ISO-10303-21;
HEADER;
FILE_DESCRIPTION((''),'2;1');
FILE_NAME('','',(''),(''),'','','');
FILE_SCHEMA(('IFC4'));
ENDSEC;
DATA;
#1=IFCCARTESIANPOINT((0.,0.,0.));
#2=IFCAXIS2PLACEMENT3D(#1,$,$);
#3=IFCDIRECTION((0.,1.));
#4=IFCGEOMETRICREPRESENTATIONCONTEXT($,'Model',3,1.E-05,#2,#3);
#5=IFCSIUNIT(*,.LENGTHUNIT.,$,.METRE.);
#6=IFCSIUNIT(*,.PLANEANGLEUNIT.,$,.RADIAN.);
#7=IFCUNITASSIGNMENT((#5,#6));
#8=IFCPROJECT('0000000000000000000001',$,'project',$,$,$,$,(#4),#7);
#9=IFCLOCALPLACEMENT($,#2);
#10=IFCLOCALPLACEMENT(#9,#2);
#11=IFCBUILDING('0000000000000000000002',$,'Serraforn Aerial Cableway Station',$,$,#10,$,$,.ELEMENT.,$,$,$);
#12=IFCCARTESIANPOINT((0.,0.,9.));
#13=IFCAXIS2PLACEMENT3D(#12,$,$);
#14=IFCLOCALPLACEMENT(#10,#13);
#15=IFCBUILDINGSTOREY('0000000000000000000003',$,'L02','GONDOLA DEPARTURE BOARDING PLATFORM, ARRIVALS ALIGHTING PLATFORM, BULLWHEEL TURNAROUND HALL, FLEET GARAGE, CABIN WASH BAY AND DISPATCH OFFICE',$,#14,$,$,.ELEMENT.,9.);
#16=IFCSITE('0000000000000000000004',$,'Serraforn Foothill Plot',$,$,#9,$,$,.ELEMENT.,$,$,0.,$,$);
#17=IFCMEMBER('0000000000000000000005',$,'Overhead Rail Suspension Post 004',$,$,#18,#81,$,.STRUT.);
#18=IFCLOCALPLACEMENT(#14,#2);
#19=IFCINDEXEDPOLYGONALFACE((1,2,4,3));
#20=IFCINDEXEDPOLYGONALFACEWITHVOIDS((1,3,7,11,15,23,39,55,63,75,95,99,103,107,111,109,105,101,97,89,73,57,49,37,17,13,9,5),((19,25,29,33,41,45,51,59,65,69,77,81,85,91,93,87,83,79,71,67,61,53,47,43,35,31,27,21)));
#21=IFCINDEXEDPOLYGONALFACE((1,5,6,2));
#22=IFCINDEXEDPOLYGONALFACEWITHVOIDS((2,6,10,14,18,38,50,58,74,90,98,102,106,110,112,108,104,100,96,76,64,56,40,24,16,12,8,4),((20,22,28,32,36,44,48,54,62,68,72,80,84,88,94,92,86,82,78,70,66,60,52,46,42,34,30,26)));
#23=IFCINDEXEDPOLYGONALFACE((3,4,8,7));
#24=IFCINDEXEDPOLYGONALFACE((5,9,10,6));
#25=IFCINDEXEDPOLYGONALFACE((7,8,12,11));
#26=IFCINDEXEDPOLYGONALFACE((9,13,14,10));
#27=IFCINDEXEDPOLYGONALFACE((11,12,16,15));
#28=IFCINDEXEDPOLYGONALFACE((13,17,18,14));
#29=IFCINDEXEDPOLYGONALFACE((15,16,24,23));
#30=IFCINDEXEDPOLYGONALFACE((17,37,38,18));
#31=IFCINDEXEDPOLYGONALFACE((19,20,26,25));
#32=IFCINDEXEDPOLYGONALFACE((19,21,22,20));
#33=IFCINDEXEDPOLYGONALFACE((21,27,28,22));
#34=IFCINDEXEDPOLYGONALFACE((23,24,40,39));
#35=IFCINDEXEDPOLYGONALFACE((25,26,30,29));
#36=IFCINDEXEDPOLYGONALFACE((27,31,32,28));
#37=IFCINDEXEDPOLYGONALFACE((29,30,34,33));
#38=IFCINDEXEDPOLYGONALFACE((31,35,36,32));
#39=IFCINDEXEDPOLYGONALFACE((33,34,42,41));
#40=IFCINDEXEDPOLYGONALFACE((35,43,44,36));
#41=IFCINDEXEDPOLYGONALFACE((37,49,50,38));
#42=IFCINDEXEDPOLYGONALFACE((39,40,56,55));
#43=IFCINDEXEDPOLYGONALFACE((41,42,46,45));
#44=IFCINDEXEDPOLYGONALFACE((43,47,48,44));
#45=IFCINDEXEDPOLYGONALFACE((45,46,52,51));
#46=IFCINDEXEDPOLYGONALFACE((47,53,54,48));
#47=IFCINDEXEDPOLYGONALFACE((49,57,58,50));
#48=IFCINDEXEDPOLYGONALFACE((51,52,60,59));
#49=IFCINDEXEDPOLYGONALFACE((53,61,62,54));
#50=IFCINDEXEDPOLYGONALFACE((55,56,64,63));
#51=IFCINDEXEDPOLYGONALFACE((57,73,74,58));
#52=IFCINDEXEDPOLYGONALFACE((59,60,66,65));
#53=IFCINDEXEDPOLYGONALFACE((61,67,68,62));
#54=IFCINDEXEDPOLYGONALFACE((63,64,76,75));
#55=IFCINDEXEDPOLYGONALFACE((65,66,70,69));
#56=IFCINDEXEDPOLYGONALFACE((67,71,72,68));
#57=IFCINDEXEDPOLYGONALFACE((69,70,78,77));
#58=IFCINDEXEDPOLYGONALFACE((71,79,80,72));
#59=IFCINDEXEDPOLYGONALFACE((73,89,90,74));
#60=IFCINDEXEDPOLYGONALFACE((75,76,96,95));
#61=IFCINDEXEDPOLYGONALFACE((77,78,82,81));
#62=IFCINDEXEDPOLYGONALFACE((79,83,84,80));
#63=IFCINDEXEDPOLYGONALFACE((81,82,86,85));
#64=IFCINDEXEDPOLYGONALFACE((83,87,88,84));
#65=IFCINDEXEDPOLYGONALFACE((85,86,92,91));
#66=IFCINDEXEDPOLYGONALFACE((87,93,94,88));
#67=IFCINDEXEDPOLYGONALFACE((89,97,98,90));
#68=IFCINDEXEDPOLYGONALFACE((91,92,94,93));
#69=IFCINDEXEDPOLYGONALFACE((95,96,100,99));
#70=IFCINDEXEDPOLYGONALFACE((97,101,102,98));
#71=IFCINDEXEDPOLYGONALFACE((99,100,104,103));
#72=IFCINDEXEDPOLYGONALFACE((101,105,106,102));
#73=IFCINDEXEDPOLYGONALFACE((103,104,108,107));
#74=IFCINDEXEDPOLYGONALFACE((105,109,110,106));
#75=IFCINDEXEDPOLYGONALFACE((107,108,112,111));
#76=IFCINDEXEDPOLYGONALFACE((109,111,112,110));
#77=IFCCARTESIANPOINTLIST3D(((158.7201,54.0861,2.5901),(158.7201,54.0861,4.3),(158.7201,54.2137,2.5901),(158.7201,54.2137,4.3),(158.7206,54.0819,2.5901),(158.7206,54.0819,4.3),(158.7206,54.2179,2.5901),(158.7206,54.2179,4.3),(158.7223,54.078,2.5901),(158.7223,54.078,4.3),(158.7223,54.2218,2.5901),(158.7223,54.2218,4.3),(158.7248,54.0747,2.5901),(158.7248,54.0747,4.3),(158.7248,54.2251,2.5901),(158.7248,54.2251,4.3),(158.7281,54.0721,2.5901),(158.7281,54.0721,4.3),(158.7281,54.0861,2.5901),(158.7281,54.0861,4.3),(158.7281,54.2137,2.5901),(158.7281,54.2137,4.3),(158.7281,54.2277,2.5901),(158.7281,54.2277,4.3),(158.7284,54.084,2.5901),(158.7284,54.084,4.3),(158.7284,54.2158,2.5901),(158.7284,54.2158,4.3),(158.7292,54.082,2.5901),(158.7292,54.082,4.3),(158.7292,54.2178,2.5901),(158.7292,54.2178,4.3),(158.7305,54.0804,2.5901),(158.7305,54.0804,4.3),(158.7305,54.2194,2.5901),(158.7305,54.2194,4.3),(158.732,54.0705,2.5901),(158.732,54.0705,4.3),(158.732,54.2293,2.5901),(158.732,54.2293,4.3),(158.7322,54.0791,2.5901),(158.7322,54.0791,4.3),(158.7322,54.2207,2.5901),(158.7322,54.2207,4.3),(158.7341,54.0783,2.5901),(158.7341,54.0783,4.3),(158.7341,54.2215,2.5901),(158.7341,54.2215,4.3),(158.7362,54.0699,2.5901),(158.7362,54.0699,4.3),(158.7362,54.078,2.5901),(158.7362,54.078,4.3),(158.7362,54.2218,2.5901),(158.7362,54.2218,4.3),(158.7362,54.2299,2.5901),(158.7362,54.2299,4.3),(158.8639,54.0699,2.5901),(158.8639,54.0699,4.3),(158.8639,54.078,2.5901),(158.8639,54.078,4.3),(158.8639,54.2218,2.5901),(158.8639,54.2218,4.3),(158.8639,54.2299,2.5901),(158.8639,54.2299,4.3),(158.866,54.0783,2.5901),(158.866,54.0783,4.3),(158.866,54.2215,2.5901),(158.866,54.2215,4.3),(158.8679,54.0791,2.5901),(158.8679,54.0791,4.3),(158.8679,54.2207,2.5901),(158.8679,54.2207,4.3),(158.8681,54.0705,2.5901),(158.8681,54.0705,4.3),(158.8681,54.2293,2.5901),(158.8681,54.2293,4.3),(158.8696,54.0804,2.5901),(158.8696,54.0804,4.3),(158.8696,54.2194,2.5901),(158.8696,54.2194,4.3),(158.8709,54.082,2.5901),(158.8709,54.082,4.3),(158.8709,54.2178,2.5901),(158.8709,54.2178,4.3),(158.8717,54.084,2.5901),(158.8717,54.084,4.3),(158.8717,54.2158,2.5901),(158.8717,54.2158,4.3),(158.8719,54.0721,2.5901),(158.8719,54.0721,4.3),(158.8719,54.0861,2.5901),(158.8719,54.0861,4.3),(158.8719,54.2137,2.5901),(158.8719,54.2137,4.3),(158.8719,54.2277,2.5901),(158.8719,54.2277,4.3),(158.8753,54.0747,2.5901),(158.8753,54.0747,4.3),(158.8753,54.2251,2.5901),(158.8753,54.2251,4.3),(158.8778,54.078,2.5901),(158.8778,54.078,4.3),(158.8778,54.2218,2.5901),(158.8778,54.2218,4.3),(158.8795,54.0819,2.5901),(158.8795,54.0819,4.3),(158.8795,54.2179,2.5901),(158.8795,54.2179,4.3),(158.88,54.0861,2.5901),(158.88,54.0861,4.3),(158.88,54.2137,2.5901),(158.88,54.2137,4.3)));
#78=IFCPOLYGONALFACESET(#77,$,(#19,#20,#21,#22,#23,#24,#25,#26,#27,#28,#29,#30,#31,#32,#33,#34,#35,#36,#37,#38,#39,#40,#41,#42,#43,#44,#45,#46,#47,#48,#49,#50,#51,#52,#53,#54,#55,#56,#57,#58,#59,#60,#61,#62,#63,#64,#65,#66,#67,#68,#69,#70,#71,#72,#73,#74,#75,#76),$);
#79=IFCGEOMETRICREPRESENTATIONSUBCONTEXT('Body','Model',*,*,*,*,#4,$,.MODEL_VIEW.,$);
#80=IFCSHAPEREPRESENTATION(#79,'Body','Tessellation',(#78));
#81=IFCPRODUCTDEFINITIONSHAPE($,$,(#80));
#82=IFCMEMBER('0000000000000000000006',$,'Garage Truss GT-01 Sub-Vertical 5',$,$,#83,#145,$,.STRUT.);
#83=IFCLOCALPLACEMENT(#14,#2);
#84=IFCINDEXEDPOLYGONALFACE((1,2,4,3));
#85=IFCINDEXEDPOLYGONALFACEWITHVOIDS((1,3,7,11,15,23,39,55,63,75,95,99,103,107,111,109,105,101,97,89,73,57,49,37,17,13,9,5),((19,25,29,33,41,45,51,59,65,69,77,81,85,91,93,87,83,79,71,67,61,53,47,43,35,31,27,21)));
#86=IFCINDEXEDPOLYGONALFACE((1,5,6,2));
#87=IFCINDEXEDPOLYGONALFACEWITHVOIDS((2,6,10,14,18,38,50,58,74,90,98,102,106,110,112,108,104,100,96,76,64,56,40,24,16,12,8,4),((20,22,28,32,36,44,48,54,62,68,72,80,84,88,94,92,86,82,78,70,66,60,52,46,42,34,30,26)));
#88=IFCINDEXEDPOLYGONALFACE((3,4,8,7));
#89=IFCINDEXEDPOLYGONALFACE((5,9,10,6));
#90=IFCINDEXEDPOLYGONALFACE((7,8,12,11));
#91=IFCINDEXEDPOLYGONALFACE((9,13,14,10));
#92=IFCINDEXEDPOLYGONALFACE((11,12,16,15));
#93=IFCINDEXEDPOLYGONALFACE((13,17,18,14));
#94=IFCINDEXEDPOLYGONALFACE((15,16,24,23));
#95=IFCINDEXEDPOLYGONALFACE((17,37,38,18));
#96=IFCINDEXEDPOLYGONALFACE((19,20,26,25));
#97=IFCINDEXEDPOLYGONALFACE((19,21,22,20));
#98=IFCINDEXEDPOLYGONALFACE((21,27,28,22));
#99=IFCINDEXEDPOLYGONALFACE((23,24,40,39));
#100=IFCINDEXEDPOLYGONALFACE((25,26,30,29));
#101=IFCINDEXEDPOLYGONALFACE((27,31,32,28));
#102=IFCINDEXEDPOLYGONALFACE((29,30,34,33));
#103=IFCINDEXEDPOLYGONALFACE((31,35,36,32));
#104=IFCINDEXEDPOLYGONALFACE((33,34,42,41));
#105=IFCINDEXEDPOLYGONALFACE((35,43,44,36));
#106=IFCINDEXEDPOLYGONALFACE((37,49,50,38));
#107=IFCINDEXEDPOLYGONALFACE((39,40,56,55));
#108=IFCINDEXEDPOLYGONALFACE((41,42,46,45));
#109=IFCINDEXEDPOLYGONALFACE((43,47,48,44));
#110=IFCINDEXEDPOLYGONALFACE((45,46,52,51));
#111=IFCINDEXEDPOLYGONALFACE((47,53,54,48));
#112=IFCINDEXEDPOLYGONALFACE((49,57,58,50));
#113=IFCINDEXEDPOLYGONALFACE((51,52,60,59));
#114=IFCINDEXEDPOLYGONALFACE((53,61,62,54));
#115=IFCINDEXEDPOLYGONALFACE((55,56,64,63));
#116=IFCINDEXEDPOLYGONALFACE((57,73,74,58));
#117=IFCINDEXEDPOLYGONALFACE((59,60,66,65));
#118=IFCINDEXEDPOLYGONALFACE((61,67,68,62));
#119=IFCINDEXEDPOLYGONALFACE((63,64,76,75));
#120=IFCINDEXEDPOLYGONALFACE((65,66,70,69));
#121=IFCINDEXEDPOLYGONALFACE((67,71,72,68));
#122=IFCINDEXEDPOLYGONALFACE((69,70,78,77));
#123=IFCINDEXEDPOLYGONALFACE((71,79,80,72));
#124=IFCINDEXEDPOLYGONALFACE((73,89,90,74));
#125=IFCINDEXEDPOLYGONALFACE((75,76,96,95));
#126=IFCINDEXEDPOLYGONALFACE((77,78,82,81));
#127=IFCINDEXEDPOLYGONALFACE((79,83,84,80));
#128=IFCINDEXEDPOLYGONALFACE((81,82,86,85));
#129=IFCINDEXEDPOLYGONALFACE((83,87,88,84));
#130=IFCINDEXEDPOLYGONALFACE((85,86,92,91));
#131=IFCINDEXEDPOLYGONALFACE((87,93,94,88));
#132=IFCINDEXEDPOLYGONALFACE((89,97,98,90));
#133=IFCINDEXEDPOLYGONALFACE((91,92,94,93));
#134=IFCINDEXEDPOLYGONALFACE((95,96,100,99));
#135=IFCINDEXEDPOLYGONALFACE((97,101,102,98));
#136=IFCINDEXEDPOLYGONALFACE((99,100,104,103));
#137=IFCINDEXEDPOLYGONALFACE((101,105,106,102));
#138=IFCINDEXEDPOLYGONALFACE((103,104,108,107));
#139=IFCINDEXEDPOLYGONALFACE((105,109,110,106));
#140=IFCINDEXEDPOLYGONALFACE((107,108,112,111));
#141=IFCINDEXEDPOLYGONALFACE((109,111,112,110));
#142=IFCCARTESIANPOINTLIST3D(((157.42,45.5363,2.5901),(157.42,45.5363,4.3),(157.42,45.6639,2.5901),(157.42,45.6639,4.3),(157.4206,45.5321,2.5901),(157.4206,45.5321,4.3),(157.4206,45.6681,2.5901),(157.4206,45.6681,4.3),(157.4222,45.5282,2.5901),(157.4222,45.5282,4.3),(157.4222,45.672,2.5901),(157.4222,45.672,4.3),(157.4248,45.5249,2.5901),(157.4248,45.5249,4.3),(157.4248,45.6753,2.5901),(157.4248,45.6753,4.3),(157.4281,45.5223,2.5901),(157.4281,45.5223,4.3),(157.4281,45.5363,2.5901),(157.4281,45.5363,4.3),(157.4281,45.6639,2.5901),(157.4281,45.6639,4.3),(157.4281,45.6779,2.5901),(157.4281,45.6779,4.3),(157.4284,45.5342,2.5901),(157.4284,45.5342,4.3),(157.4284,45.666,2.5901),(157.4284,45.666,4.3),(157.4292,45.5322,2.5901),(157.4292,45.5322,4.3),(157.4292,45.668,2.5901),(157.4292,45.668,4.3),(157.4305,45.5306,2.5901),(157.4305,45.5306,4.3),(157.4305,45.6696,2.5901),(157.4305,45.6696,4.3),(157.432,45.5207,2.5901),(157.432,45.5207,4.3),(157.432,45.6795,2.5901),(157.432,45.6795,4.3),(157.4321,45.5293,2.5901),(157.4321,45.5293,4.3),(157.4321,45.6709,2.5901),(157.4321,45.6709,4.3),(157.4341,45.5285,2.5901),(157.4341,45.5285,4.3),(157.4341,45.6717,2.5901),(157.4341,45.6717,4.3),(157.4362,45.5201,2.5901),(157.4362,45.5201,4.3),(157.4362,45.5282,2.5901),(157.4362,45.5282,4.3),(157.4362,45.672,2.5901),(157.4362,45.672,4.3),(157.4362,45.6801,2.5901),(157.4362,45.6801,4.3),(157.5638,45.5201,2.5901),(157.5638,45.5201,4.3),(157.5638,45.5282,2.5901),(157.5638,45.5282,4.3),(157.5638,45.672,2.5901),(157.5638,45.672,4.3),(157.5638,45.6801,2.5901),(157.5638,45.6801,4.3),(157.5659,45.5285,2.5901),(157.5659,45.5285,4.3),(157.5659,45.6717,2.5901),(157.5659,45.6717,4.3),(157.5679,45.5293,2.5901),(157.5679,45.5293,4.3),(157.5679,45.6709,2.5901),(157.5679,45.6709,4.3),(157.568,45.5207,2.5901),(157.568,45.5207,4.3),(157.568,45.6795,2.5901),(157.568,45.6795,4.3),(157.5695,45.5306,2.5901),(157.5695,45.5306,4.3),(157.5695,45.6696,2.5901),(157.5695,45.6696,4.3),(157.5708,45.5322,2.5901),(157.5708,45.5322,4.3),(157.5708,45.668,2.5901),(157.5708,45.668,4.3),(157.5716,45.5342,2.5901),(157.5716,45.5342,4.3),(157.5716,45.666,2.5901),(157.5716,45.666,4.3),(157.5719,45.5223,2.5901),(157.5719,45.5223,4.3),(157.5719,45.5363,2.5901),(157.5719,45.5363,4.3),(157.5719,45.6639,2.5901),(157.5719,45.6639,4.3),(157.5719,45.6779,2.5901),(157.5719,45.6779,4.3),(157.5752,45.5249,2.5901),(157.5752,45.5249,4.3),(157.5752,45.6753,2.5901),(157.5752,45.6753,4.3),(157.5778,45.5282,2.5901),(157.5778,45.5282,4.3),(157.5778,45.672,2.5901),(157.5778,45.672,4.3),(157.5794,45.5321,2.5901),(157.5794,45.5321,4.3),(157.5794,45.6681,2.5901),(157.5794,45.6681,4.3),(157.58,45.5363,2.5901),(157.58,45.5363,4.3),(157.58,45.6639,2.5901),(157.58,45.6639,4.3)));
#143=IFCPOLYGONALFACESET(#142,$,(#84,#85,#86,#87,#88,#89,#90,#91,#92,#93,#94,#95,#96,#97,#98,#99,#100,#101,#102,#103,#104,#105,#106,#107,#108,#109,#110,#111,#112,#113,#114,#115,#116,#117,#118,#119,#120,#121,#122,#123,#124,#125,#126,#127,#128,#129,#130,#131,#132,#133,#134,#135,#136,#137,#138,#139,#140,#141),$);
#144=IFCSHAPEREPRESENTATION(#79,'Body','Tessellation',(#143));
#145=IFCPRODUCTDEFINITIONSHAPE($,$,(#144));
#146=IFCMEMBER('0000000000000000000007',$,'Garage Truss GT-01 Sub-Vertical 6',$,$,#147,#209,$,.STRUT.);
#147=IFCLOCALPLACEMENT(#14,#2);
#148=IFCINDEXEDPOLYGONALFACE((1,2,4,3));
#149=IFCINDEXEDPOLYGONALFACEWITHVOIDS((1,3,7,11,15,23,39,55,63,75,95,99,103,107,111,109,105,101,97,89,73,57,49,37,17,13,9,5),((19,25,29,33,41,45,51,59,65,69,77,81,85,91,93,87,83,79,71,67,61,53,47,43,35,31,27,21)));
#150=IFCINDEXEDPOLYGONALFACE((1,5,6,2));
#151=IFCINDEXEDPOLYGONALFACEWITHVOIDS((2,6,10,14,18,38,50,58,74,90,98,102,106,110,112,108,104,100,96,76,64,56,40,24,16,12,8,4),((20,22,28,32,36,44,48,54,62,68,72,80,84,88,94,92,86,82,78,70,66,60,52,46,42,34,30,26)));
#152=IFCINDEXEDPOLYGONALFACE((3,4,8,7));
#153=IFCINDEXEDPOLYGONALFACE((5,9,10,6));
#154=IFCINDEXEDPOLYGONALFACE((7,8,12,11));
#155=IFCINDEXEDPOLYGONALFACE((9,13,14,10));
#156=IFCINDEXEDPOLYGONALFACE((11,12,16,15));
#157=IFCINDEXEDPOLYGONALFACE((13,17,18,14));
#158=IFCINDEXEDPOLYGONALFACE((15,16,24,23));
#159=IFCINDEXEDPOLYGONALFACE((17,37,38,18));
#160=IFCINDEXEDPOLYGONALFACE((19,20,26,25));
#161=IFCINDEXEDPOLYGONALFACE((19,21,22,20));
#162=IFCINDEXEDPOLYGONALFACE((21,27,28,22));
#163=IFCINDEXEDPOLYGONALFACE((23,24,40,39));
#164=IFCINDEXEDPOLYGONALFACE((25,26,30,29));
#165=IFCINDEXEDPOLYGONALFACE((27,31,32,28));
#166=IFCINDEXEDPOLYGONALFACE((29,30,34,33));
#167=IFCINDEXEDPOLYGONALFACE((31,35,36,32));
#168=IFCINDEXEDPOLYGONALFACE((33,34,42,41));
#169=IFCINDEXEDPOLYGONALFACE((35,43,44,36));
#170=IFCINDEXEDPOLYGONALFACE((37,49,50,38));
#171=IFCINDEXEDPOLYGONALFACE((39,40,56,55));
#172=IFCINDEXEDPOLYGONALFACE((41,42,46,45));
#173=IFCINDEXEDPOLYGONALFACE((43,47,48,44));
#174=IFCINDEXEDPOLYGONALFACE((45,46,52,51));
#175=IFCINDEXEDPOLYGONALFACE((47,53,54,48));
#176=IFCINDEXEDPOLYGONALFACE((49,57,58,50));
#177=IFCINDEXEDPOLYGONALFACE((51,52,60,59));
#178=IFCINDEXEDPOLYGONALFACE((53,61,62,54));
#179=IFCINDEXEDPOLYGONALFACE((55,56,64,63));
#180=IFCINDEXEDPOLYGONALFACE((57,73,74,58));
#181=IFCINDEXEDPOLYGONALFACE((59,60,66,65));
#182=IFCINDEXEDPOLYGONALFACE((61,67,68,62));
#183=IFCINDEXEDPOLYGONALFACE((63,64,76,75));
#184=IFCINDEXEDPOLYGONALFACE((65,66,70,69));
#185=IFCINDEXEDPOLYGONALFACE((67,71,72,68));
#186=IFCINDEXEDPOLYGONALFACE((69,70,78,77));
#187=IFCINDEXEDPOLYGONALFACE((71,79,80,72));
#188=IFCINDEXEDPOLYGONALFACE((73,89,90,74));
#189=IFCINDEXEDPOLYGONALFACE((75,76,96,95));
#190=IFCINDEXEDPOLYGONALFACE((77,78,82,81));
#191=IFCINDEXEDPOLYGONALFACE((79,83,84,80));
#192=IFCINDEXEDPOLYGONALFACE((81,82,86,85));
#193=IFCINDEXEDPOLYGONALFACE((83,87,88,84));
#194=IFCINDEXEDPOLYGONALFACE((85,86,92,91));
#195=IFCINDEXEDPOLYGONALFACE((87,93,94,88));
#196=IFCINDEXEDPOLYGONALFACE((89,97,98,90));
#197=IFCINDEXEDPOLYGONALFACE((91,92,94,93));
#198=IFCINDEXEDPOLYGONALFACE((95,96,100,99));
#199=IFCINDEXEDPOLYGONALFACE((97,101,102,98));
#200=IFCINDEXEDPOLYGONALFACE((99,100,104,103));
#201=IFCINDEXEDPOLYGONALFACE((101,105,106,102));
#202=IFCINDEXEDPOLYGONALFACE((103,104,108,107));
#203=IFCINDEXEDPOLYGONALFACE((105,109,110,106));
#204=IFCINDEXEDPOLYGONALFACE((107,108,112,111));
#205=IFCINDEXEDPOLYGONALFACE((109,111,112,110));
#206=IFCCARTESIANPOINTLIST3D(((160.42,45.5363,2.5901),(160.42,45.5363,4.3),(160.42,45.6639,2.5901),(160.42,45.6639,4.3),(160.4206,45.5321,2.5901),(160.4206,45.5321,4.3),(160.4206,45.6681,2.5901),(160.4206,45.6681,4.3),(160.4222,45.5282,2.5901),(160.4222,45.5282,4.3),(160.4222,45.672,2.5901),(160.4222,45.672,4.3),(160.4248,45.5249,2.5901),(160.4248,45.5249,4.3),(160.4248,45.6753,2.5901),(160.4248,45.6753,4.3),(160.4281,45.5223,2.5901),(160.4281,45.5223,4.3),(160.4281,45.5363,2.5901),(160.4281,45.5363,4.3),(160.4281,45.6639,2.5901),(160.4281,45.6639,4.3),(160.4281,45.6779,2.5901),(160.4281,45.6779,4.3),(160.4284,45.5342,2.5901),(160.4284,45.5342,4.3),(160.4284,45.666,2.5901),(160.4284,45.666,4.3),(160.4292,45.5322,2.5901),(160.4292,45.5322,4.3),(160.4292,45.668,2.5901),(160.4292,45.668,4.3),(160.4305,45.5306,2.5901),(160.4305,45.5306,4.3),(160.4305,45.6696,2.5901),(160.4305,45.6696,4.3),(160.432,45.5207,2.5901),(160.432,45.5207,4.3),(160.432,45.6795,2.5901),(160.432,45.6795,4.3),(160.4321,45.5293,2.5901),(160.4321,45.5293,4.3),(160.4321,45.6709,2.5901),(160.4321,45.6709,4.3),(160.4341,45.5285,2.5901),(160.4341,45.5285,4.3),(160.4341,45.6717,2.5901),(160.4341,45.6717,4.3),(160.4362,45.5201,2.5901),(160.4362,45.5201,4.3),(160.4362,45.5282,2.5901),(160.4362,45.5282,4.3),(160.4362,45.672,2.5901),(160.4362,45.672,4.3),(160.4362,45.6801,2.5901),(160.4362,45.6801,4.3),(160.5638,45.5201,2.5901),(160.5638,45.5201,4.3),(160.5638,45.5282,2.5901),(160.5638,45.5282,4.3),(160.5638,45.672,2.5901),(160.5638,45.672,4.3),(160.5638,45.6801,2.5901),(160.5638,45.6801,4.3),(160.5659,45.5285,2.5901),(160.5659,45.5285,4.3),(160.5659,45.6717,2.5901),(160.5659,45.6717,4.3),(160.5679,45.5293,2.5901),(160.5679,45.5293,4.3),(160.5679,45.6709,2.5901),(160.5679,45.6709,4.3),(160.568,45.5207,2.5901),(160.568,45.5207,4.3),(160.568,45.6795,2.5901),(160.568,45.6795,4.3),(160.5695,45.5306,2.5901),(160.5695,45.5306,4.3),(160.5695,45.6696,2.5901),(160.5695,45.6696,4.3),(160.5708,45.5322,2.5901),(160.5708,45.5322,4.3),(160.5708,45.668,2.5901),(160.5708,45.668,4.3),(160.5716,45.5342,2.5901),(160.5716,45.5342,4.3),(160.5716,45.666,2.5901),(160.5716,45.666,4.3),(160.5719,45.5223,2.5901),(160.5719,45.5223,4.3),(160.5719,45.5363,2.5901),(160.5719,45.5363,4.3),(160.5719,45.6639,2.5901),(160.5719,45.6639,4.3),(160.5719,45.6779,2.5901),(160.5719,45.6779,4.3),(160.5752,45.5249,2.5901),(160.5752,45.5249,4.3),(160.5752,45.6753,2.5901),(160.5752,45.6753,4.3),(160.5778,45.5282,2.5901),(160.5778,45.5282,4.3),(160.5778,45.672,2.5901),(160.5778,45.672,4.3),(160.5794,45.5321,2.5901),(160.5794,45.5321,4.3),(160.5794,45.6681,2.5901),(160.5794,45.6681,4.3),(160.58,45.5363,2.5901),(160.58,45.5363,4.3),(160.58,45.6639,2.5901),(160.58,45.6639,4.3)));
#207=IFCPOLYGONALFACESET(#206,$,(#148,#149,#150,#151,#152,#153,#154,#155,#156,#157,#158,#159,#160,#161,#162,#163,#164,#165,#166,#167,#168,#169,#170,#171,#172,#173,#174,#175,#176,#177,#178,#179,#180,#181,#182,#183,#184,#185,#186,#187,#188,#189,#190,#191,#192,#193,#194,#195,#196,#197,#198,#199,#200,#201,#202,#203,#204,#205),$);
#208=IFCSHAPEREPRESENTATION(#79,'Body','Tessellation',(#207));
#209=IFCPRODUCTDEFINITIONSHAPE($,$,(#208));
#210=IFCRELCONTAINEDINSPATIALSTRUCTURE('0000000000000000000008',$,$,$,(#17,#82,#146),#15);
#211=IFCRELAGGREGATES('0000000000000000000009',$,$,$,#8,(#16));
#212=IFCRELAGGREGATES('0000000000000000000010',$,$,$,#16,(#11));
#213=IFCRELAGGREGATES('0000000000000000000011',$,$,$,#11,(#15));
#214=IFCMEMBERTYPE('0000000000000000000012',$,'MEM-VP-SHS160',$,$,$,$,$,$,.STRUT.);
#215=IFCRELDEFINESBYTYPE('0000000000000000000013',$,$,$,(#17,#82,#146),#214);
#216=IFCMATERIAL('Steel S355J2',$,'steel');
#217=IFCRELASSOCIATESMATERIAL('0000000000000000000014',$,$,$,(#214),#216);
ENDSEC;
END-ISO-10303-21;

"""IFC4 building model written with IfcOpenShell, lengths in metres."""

from ifc_helpers import new_model, si_unit, direction, frame, origin, origin_2d, place, context, subcontext, project, spatial, hollow_rectangle, extrude, material, material_profile, profile_set, type_object, element, save


model = new_model("IFC4")

# Units and contexts
model_context = context("Model", 3, precision=1e-05, world=origin(), true_north=direction((0.0, 1.0)))
body_context = subcontext(model_context, "Body", "Model", "MODEL_VIEW")
ifc_project = project(units=[si_unit("LENGTHUNIT", "METRE"), si_unit("PLANEANGLEUNIT", "RADIAN")], contexts=[model_context])

# Site, building, storey
site_placement = place(None, origin())
site = spatial("IfcSite", under=ifc_project, at=site_placement, Name="Serraforn Foothill Plot", CompositionType="ELEMENT", RefElevation=0.0)
building_placement = place(site_placement, origin())
building = spatial("IfcBuilding", under=site, at=building_placement, Name="Serraforn Aerial Cableway Station", CompositionType="ELEMENT")
storey_placement = place(building_placement, frame((0.0, 0.0, 9.0)))
storey = spatial("IfcBuildingStorey", under=building, at=storey_placement, Name="L02", Description="GONDOLA DEPARTURE BOARDING PLATFORM, ARRIVALS ALIGHTING PLATFORM, BULLWHEEL TURNAROUND HALL, FLEET GARAGE, CABIN WASH BAY AND DISPATCH OFFICE", CompositionType="ELEMENT", Elevation=9.0)

# Members
ifc_material_1 = material(Name="Steel S355J2", Category="steel")
ifc_material_profile_1 = material_profile(ifc_material_1, hollow_rectangle(XDim=0.1599, YDim=0.1599, WallThickness=0.0081, InnerFilletRadius=0.0081, OuterFilletRadius=0.0161, at=origin_2d()), Name="SHS 160x160x8.0")
ifc_profile_set_1 = profile_set([ifc_material_profile_1], Name="Steel S355J2")
member_type_1 = type_object("IfcMemberType", Name="MEM-VP-SHS160", PredefinedType="STRUT", material=ifc_profile_set_1)
for number, where, z_axis, x_axis, name in (
    (1, (158.8, 54.1499, 2.5901), (0.0, 0.0, 1.0), (1.0, 0.0, 0.0), "Overhead Rail Suspension Post 004"),
    (2, (157.5, 45.6001, 2.5901), (0.0, 0.0, 1.0), (1.0, 0.0, 0.0), "Garage Truss GT-01 Sub-Vertical 5"),
    (3, (160.5, 45.6001, 2.5901), (0.0, 0.0, 1.0), (1.0, 0.0, 0.0), "Garage Truss GT-01 Sub-Vertical 6"),
):
    element("IfcMember", number, at=place(storey_placement, frame(where, z_axis=z_axis, x_axis=x_axis)), inside=storey, type_object=member_type_1, Name=name, PredefinedType="STRUT", context=body_context, shape_type="SweptSolid", body=[
        extrude(hollow_rectangle(XDim=0.1599, YDim=0.1599, WallThickness=0.0081, InnerFilletRadius=0.0081, OuterFilletRadius=0.0161, at=origin_2d()), origin(), (0.0, 0.0, 1.0), 1.71),
    ])

save(model, "model.ifc")
